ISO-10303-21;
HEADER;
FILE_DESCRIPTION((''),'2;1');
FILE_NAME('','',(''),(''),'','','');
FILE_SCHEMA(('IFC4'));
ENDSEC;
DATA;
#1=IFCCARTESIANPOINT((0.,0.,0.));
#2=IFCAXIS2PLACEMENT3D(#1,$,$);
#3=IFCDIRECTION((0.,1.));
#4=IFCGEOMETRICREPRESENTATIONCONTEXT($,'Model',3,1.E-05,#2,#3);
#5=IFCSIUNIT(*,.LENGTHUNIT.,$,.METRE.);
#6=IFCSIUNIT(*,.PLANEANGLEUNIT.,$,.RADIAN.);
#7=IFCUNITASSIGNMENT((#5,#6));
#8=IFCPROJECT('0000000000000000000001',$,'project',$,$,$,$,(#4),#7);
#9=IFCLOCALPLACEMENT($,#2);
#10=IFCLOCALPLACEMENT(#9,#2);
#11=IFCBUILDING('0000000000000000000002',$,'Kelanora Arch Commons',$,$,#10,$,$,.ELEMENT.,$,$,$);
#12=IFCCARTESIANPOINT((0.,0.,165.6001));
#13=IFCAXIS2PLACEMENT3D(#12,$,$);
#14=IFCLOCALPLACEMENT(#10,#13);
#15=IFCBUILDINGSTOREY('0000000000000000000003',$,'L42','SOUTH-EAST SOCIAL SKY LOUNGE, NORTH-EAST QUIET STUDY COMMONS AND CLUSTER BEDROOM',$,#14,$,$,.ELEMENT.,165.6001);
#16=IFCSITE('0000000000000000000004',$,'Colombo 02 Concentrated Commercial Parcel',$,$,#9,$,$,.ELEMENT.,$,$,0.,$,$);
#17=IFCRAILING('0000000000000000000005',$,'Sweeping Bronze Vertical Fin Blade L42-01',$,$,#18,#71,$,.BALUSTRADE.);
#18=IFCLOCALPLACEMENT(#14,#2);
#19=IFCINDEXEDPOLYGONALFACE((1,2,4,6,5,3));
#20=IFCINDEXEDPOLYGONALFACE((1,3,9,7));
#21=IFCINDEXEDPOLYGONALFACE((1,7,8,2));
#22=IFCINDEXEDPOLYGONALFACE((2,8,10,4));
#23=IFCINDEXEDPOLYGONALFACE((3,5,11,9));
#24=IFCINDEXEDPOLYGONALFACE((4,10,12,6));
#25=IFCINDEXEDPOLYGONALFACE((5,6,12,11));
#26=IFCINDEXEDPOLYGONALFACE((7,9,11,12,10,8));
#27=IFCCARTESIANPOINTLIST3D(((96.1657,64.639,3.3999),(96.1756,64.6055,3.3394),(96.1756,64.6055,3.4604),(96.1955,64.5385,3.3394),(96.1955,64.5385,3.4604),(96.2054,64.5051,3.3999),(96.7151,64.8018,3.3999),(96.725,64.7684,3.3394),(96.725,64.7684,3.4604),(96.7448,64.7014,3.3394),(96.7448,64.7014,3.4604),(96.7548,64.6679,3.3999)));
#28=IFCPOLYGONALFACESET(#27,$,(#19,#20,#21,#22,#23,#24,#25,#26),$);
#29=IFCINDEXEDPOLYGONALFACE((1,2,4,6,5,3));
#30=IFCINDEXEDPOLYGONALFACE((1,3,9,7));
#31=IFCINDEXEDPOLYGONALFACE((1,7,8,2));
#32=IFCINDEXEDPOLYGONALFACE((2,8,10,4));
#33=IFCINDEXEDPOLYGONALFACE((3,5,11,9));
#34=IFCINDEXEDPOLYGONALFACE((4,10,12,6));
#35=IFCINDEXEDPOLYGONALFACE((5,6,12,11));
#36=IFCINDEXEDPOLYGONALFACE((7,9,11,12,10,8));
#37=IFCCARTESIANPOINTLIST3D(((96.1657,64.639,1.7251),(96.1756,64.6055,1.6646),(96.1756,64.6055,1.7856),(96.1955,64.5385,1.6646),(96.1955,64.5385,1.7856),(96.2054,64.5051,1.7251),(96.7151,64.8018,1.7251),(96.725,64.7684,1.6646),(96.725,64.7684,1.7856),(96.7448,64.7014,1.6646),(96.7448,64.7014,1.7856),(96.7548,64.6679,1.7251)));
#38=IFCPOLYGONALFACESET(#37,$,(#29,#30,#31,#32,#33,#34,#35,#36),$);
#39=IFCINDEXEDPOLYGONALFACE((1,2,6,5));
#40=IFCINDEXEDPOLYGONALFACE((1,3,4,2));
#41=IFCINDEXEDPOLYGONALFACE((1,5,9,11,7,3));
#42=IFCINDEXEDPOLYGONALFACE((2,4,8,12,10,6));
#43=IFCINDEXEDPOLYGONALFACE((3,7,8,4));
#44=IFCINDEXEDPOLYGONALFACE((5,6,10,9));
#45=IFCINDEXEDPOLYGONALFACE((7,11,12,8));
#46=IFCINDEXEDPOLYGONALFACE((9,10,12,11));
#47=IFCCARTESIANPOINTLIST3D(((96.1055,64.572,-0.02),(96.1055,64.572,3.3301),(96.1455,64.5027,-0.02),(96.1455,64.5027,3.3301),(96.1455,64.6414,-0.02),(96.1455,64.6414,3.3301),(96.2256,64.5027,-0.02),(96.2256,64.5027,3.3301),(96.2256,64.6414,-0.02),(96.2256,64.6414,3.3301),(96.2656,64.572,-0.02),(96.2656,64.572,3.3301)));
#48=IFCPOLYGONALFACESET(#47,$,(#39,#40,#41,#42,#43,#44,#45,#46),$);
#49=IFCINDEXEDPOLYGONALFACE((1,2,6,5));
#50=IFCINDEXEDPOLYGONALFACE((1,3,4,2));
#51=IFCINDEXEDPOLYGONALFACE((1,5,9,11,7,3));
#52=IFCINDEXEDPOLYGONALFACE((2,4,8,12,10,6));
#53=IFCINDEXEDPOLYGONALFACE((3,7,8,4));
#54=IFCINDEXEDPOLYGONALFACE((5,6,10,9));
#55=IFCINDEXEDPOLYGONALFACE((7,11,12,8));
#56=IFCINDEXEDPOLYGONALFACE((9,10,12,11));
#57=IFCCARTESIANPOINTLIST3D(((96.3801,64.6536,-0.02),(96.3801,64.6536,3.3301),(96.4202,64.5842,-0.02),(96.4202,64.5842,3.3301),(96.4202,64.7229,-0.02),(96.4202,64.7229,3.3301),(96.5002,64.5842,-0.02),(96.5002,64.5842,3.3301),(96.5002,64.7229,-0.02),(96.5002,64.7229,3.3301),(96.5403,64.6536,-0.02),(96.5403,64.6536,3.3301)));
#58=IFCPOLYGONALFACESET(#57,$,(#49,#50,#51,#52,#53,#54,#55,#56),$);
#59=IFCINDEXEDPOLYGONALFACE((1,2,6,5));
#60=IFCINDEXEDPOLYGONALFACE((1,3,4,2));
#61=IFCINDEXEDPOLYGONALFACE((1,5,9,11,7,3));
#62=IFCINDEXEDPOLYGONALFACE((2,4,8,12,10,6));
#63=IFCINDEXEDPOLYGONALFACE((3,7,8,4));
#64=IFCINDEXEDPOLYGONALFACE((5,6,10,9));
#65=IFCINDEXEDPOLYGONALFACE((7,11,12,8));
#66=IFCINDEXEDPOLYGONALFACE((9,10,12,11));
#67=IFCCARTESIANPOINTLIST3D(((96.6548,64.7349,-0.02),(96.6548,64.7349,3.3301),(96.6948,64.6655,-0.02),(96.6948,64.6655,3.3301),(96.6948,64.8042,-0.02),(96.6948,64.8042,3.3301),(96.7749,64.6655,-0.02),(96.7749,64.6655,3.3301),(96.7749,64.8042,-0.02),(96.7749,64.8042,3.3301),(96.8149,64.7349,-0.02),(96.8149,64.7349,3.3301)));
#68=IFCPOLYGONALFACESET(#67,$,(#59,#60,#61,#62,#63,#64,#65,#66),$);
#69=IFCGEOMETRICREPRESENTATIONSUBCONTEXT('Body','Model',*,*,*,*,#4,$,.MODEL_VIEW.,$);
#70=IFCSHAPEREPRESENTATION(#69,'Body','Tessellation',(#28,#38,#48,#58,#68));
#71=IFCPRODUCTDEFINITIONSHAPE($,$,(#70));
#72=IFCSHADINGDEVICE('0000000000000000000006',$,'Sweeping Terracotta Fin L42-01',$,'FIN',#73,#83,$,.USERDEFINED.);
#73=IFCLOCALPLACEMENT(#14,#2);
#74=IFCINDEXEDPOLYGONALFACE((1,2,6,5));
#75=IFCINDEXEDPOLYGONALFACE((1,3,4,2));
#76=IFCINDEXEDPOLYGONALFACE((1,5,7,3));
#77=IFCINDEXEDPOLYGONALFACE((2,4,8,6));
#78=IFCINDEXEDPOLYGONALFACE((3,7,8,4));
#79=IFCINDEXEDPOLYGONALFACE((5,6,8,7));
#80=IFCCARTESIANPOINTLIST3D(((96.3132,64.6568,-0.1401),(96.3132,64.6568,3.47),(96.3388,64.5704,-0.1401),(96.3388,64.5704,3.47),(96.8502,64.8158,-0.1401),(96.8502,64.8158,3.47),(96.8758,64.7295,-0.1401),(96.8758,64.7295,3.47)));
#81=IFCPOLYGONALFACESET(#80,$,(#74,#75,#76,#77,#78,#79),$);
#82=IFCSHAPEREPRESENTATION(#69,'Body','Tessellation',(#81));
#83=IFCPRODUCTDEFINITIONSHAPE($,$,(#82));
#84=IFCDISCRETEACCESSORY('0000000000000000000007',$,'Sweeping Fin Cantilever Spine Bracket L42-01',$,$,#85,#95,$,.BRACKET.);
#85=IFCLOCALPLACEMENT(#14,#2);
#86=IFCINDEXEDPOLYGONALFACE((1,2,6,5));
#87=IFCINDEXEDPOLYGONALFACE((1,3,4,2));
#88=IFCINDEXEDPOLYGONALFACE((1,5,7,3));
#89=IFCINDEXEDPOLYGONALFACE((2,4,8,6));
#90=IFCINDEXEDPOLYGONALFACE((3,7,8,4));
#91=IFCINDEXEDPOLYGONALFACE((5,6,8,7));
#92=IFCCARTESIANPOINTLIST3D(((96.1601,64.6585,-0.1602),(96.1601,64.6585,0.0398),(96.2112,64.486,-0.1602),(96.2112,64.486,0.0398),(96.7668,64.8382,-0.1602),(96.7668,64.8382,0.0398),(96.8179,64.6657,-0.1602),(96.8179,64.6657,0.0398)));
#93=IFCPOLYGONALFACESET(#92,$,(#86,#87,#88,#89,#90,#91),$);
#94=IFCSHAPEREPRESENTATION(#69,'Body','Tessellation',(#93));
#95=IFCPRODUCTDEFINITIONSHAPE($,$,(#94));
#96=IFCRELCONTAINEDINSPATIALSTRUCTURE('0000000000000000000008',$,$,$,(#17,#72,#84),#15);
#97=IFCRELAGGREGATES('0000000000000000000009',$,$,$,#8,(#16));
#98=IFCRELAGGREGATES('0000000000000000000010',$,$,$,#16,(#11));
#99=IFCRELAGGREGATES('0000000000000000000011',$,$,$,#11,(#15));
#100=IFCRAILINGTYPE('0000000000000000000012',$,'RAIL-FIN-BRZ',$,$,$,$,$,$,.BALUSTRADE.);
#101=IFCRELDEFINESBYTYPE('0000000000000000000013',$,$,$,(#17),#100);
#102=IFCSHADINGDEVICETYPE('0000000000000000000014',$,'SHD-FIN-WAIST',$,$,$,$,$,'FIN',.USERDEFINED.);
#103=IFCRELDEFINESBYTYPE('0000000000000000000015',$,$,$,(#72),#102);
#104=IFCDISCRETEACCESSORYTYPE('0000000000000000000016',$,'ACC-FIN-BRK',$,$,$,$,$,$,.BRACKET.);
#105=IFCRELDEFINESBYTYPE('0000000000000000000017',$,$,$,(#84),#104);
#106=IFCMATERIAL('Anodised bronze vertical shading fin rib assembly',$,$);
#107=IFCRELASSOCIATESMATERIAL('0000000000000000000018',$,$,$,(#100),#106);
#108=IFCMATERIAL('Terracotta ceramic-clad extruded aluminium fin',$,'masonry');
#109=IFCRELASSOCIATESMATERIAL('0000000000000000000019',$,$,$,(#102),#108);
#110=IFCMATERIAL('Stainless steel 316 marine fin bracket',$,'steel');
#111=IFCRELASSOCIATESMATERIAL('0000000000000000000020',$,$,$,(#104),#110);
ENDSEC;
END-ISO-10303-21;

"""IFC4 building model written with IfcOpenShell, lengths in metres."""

from ifc_helpers import new_model, si_unit, direction, frame, origin, origin_2d, place, context, subcontext, project, spatial, polyline, rectangle, outline, extrude, source, transform, mapped, material, type_object, element, save


model = new_model("IFC4")

# Units and contexts
model_context = context("Model", 3, precision=1e-05, world=origin(), true_north=direction((0.0, 1.0)))
body_context = subcontext(model_context, "Body", "Model", "MODEL_VIEW")
ifc_project = project(units=[si_unit("LENGTHUNIT", "METRE"), si_unit("PLANEANGLEUNIT", "RADIAN")], contexts=[model_context])

# Site, building, storey
site_placement = place(None, origin())
site = spatial("IfcSite", under=ifc_project, at=site_placement, Name="Colombo 02 Concentrated Commercial Parcel", CompositionType="ELEMENT", RefElevation=0.0)
building_placement = place(site_placement, origin())
building = spatial("IfcBuilding", under=site, at=building_placement, Name="Kelanora Arch Commons", CompositionType="ELEMENT")
storey_placement = place(building_placement, frame((0.0, 0.0, 165.6001)))
storey = spatial("IfcBuildingStorey", under=building, at=storey_placement, Name="L42", Description="SOUTH-EAST SOCIAL SKY LOUNGE, NORTH-EAST QUIET STUDY COMMONS AND CLUSTER BEDROOM", CompositionType="ELEMENT", Elevation=165.6001)

# Railing
ifc_material_1 = material(Name="Anodised bronze vertical shading fin rib assembly")
railing_type_1 = type_object("IfcRailingType", Name="RAIL-FIN-BRZ", PredefinedType="BALUSTRADE", material=ifc_material_1)
railing_1_placement = place(storey_placement, frame((96.1855, 64.572, -0.02)))
element("IfcRailing", 1, at=railing_1_placement, inside=storey, type_object=railing_type_1, Name="Sweeping Bronze Vertical Fin Blade L42-01", PredefinedType="BALUSTRADE", context=body_context, shape_type="SweptSolid", body=[
    extrude(outline(polyline([(0.0698, 0.0), (0.0349, 0.0605), (-0.0349, 0.0605), (-0.0698, 0.0), (-0.0349, -0.0605), (0.0349, -0.0605), (0.0698, 0.0)])), frame((0.0, 0.0, 3.4199), z_axis=(0.958759, 0.284219, 0.0), x_axis=(-0.284219, 0.958759, 0.0)), (0.0, 0.0, 1.0), 0.573),
    extrude(outline(polyline([(0.0698, 0.0), (0.0349, 0.0605), (-0.0349, 0.0605), (-0.0698, 0.0), (-0.0349, -0.0605), (0.0349, -0.0605), (0.0698, 0.0)])), frame((0.0, 0.0, 1.7451), z_axis=(0.958759, 0.284219, 0.0), x_axis=(-0.284219, 0.958759, 0.0)), (0.0, 0.0, 1.0), 0.573),
    extrude(outline(polyline([(0.0801, 0.0), (0.04, 0.0693), (-0.04, 0.0693), (-0.0801, 0.0), (-0.04, -0.0693), (0.04, -0.0693), (0.0801, 0.0)])), origin(), (0.0, 0.0, 1.0), 3.3501),
    extrude(outline(polyline([(0.0801, 0.0), (0.04, 0.0693), (-0.04, 0.0693), (-0.0801, 0.0), (-0.04, -0.0693), (0.04, -0.0693), (0.0801, 0.0)])), frame((0.2747, 0.0815, 0.0)), (0.0, 0.0, 1.0), 3.3501),
    extrude(outline(polyline([(0.0801, 0.0), (0.04, 0.0693), (-0.04, 0.0693), (-0.0801, 0.0), (-0.04, -0.0693), (0.04, -0.0693), (0.0801, 0.0)])), frame((0.5493, 0.1628, 0.0)), (0.0, 0.0, 1.0), 3.3501),
])

# Shading device
ifc_material_2 = material(Name="Terracotta ceramic-clad extruded aluminium fin", Category="masonry")
shading_device_type = type_object("IfcShadingDeviceType", Name="SHD-FIN-WAIST", ElementType="FIN", PredefinedType="USERDEFINED", material=ifc_material_2)
shared_shape_1 = source(origin(), body_context, "Body", "SweptSolid", [
    extrude(rectangle(XDim=0.5601, YDim=0.0901, at=origin_2d()), origin(), (0.0, 0.0, 1.0), 3.6101),
])
shading_device_placement = place(storey_placement, frame((96.5945, 64.6931, -0.1401), z_axis=(0.0, 0.0, 1.0), x_axis=(0.95882, 0.284015, 0.0)))
element("IfcShadingDevice", 2, at=shading_device_placement, inside=storey, type_object=shading_device_type, Name="Sweeping Terracotta Fin L42-01", ObjectType="FIN", PredefinedType="USERDEFINED", context=body_context, shape_type="MappedRepresentation", body=[
    mapped(shared_shape_1, transform((0.0, 0.0, 0.0), scale=1.0)),
])

# Discrete accessory
ifc_material_3 = material(Name="Stainless steel 316 marine fin bracket", Category="steel")
discrete_accessory_type = type_object("IfcDiscreteAccessoryType", Name="ACC-FIN-BRK", PredefinedType="BRACKET", material=ifc_material_3)
shared_shape_2 = source(origin(), body_context, "Body", "SweptSolid", [
    extrude(rectangle(XDim=0.6328, YDim=0.1799, at=origin_2d()), origin(), (0.0, 0.0, 1.0), 0.2),
])
discrete_accessory_placement = place(storey_placement, frame((96.489, 64.6621, -0.1602), z_axis=(0.0, 0.0, 1.0), x_axis=(0.95882, 0.284015, 0.0)))
element("IfcDiscreteAccessory", 3, at=discrete_accessory_placement, inside=storey, type_object=discrete_accessory_type, Name="Sweeping Fin Cantilever Spine Bracket L42-01", PredefinedType="BRACKET", context=body_context, shape_type="MappedRepresentation", body=[
    mapped(shared_shape_2, transform((0.0, 0.0, 0.0), scale=1.0)),
])

save(model, "model.ifc")
